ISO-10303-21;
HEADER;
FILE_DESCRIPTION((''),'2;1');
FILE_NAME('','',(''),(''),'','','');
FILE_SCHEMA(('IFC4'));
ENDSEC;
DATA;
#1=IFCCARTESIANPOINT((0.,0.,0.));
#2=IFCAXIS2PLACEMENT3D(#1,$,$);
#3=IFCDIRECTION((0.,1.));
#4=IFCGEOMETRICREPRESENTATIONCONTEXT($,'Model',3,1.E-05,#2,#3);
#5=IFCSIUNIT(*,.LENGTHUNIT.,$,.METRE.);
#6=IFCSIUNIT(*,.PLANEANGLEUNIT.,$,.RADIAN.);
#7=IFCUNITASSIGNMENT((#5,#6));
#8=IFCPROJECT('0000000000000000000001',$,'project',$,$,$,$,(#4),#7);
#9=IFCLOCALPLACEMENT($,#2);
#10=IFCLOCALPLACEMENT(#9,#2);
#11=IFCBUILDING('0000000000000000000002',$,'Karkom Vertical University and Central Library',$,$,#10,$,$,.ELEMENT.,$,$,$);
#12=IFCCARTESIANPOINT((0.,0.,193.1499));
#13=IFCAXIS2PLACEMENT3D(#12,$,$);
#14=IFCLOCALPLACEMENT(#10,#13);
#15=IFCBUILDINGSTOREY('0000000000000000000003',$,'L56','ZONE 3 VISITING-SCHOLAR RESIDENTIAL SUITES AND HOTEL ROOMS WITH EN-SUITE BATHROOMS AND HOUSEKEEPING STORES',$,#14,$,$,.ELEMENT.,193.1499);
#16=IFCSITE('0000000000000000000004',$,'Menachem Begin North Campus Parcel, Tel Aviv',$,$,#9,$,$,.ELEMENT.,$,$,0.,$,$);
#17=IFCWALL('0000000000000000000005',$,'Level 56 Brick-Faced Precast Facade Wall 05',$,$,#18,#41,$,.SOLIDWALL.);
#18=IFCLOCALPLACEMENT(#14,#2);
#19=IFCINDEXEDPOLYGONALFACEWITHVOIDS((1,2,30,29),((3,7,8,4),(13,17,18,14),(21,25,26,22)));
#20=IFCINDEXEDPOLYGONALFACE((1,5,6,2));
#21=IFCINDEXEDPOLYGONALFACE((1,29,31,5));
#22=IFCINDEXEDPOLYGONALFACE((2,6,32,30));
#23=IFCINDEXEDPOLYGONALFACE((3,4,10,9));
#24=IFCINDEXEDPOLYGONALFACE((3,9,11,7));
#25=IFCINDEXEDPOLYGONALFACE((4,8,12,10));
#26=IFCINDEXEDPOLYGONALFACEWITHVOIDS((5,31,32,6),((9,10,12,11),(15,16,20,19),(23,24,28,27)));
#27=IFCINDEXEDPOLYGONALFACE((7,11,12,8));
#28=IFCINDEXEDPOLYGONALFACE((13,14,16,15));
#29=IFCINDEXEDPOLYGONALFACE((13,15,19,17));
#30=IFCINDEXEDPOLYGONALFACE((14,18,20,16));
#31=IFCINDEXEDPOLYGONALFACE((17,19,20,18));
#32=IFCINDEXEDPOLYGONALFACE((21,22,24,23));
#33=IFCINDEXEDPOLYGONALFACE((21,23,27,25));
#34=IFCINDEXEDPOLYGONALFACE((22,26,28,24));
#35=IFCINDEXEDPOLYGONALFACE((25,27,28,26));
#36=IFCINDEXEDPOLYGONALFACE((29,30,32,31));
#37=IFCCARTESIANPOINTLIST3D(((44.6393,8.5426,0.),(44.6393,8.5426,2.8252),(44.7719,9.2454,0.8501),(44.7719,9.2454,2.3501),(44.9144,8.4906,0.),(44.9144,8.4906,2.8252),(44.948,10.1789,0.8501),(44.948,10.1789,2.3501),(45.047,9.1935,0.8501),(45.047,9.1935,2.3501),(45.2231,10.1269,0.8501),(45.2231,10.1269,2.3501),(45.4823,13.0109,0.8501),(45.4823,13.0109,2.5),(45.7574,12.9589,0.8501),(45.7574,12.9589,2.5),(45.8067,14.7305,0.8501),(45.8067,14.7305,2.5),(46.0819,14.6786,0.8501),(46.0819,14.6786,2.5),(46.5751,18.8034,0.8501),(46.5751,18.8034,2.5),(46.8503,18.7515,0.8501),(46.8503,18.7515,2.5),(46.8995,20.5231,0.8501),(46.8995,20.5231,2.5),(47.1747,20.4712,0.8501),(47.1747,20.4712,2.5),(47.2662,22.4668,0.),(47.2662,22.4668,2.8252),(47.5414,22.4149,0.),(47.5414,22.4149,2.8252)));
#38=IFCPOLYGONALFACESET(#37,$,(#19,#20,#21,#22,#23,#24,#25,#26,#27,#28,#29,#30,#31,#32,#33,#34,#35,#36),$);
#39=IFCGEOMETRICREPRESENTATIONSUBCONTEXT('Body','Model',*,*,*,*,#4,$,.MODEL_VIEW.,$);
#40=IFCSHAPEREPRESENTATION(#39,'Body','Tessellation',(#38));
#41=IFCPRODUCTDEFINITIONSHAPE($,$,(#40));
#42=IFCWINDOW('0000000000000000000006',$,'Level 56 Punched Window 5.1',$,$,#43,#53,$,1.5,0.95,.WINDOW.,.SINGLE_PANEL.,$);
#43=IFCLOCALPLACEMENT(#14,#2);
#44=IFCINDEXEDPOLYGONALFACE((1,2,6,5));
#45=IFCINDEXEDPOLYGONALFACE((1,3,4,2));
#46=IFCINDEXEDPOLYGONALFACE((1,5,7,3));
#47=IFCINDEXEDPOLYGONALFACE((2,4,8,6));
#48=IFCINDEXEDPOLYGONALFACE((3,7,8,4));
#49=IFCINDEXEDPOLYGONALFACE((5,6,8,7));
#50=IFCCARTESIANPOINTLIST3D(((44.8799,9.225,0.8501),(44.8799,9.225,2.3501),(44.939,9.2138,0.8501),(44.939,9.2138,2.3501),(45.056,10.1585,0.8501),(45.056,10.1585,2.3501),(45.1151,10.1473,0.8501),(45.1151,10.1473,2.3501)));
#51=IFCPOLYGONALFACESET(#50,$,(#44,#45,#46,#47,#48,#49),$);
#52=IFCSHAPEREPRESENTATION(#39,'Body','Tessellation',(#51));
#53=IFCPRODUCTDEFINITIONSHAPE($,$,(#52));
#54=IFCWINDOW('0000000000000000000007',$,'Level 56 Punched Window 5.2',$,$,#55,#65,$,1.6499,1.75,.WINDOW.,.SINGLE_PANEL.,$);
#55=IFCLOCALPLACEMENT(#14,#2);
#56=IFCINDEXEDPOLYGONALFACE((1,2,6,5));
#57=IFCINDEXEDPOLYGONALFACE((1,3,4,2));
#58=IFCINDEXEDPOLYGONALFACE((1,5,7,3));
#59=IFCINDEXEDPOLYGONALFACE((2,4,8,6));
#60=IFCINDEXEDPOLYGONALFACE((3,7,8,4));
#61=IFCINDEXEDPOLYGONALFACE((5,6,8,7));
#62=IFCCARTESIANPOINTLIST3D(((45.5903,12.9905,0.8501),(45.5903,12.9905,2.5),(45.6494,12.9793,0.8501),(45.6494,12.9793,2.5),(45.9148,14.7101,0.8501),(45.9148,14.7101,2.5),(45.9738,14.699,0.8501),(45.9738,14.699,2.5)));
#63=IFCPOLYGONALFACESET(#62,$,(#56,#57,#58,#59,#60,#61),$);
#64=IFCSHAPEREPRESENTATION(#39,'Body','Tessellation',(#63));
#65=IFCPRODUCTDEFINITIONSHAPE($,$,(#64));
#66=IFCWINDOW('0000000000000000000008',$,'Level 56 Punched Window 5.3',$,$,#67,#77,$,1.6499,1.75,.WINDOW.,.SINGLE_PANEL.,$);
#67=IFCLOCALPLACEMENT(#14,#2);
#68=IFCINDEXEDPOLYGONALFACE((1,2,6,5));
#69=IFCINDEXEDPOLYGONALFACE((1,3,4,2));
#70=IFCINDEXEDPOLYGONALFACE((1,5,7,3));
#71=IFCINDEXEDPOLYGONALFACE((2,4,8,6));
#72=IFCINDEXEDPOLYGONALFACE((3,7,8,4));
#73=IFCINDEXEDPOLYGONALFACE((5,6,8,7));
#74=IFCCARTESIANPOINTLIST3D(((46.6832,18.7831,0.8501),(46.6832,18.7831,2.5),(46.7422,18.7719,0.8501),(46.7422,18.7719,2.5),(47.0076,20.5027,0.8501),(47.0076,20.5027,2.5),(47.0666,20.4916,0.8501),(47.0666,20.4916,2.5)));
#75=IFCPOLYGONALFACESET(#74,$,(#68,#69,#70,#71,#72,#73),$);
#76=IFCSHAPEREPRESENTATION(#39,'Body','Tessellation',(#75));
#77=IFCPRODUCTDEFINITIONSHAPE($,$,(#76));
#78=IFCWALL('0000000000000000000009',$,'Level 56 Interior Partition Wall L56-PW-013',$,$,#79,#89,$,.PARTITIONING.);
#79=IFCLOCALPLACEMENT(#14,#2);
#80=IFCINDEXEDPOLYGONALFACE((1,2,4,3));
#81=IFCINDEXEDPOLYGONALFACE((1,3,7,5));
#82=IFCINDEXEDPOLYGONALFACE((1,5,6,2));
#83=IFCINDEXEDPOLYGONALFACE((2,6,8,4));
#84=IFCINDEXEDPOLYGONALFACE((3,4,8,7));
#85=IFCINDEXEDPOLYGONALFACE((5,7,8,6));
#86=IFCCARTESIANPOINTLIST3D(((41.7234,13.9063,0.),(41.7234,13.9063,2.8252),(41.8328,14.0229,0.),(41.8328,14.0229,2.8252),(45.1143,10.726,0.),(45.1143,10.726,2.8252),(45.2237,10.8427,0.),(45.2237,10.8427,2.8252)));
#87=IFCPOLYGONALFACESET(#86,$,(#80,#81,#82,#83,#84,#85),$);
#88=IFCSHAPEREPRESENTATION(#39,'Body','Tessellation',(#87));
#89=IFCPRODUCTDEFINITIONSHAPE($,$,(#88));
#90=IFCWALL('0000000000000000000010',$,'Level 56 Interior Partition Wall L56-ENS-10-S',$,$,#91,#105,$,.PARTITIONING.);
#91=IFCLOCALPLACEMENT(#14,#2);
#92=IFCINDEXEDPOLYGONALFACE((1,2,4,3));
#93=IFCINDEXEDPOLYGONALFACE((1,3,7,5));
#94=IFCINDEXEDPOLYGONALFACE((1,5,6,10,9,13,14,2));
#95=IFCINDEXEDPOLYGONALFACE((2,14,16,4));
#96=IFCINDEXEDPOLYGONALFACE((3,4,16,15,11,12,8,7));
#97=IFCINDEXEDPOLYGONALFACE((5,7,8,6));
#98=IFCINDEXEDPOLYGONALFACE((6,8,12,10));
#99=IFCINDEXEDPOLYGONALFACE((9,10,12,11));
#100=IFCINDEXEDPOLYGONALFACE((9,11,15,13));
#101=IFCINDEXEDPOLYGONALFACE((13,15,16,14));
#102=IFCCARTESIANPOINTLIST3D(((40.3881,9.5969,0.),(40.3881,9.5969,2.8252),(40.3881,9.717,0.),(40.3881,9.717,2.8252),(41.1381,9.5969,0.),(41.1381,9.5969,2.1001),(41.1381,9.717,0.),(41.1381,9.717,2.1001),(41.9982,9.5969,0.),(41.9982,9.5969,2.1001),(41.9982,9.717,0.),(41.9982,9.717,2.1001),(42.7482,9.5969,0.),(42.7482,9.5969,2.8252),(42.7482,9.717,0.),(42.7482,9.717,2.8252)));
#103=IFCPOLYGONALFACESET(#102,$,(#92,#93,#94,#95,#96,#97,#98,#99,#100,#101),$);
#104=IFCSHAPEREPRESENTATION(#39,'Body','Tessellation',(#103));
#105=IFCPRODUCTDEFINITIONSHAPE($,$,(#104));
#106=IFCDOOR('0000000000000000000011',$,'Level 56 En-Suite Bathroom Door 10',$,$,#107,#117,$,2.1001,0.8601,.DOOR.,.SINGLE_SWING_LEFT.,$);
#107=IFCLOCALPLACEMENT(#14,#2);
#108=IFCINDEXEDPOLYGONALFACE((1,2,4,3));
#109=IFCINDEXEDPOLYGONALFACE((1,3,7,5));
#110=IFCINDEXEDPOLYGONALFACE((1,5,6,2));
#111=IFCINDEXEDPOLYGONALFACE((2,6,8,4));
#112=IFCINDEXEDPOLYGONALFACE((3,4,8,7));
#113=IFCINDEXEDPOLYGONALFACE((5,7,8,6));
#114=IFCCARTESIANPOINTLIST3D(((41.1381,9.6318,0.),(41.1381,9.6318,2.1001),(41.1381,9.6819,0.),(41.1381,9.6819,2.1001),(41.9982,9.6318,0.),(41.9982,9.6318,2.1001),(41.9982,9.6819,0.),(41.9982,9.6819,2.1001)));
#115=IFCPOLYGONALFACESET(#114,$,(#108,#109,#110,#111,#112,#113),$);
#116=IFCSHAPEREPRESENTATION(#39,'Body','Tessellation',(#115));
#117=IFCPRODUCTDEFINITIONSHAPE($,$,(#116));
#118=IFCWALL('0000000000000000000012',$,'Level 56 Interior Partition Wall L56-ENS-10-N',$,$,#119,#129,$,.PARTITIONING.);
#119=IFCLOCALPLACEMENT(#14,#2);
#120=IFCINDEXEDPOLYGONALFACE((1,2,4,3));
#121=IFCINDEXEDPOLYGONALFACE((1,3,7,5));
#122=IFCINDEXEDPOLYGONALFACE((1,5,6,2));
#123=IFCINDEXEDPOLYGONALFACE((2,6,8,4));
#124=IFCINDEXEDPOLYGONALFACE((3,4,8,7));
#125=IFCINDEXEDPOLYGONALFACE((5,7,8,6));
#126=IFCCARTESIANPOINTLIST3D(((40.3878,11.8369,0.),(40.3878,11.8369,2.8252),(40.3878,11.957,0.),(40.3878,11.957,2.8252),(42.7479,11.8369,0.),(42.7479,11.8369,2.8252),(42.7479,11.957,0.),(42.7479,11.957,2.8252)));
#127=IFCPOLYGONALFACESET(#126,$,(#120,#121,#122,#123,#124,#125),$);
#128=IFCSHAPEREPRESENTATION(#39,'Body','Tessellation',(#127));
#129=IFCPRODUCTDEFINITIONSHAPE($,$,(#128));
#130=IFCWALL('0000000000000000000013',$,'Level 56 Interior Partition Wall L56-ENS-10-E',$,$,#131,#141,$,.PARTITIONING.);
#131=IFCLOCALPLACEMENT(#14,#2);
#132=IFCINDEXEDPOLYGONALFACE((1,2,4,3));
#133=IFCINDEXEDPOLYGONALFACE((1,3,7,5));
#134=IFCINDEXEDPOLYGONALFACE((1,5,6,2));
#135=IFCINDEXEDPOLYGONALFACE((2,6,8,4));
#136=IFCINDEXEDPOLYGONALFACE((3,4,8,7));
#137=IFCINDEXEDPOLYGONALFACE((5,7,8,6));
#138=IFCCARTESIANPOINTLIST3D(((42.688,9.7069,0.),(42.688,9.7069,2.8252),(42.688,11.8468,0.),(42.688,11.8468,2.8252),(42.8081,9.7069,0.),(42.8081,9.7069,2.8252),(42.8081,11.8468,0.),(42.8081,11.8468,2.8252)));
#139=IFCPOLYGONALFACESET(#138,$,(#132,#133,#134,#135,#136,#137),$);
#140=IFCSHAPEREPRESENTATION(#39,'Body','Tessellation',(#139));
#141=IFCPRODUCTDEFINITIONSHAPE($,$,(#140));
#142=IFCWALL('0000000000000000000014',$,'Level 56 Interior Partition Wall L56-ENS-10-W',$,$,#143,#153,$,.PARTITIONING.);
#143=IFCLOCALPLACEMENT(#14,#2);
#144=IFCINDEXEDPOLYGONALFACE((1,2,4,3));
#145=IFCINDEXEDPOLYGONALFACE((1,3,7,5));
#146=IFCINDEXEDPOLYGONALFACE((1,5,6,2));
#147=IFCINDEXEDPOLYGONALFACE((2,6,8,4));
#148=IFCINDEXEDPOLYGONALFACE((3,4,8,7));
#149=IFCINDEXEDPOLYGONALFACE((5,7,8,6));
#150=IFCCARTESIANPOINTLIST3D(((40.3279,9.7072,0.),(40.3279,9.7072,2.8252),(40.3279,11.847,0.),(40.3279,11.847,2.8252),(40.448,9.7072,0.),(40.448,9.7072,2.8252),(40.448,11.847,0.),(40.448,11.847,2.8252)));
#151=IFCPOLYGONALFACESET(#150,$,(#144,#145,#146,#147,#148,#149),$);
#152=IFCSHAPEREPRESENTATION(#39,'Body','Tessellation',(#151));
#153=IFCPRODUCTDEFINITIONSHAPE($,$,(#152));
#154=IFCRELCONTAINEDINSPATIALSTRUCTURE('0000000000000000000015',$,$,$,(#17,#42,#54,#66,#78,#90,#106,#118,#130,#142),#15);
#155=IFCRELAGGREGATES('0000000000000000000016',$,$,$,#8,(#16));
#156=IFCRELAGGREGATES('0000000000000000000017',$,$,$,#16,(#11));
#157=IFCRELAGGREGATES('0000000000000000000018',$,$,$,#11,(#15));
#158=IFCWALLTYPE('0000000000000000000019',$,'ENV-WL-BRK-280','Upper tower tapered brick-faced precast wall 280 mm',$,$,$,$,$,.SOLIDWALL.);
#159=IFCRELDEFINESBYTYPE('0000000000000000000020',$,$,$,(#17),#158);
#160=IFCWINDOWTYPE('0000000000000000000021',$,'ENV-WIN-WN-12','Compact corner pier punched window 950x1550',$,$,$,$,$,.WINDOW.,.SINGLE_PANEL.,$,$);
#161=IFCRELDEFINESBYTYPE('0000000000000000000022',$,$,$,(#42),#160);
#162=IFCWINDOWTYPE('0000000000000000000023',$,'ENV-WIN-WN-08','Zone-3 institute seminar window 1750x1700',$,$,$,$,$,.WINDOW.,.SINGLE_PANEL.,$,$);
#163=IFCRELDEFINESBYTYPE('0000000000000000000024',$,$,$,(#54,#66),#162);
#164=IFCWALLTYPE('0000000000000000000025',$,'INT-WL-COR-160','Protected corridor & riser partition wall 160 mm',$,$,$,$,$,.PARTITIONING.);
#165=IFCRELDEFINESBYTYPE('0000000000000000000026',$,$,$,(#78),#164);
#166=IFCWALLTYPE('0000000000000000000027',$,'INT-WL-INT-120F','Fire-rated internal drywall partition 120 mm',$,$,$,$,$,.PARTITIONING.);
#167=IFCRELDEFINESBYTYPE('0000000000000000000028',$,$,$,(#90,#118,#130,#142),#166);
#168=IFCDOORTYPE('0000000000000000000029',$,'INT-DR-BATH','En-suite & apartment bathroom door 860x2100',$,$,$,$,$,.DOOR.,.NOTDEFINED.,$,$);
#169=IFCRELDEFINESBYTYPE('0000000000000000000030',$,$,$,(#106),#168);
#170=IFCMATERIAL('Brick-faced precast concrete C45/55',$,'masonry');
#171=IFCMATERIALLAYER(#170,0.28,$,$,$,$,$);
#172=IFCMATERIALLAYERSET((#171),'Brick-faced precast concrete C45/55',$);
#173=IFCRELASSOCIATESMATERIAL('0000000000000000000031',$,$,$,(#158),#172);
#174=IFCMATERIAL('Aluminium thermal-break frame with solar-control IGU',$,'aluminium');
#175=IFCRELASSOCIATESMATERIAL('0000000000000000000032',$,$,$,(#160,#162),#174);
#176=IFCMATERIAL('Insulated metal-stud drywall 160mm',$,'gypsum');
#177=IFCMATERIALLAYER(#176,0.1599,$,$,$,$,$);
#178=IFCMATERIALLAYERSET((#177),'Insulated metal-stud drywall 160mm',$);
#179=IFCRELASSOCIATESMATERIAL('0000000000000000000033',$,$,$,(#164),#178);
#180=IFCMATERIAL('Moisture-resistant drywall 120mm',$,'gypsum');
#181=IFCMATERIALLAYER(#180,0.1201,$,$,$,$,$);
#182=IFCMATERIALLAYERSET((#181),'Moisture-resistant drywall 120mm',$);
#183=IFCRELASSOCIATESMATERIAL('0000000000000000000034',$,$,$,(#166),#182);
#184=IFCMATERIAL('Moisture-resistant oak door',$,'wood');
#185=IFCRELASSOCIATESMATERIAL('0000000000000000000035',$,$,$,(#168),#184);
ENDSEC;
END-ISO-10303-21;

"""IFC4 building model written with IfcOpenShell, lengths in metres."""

from ifc_helpers import new_model, si_unit, direction, frame, frame_2d, origin, origin_with_axes, place, context, subcontext, project, spatial, rectangle, extrude, source, transform, mapped, material, layer, layer_set, type_object, element, fill, save


model = new_model("IFC4")

# Units and contexts
model_context = context("Model", 3, precision=1e-05, world=origin(), true_north=direction((0.0, 1.0)))
body_context = subcontext(model_context, "Body", "Model", "MODEL_VIEW")
ifc_project = project(units=[si_unit("LENGTHUNIT", "METRE"), si_unit("PLANEANGLEUNIT", "RADIAN")], contexts=[model_context])

# Site, building, storey
site_placement = place(None, origin())
site = spatial("IfcSite", under=ifc_project, at=site_placement, Name="Menachem Begin North Campus Parcel, Tel Aviv", CompositionType="ELEMENT", RefElevation=0.0)
building_placement = place(site_placement, origin())
building = spatial("IfcBuilding", under=site, at=building_placement, Name="Karkom Vertical University and Central Library", CompositionType="ELEMENT")
storey_placement = place(building_placement, frame((0.0, 0.0, 193.1499)))
storey = spatial("IfcBuildingStorey", under=building, at=storey_placement, Name="L56", Description="ZONE 3 VISITING-SCHOLAR RESIDENTIAL SUITES AND HOTEL ROOMS WITH EN-SUITE BATHROOMS AND HOUSEKEEPING STORES", CompositionType="ELEMENT", Elevation=193.1499)

# Wall, openings, windows
ifc_material_1 = material(Name="Brick-faced precast concrete C45/55", Category="masonry")
ifc_layer_1 = layer(ifc_material_1, 0.28)
ifc_layer_set_1 = layer_set([ifc_layer_1], Name="Brick-faced precast concrete C45/55")
wall_type_1 = type_object("IfcWallType", Name="ENV-WL-BRK-280", Description="Upper tower tapered brick-faced precast wall 280 mm", PredefinedType="SOLIDWALL", material=ifc_layer_set_1)
wall_1_placement = place(storey_placement, frame((44.7769, 8.5166, 0.0), z_axis=(0.0, 0.0, 1.0), x_axis=(0.185389, 0.982665, 0.0)))
wall_1 = element("IfcWall", 1, at=wall_1_placement, inside=storey, type_object=wall_type_1, Name="Level 56 Brick-Faced Precast Facade Wall 05", PredefinedType="SOLIDWALL", context=body_context, shape_type="SweptSolid", body=[
    extrude(rectangle(XDim=14.1699, YDim=0.28, at=frame_2d((7.085, 0.0))), origin(), (0.0, 0.0, 1.0), 2.8252),
])
opening_1_placement = place(wall_1_placement, frame((0.7151, 0.0, 0.8501)))
opening_1 = element("IfcOpeningElement", 2, at=opening_1_placement, cuts=wall_1, PredefinedType="OPENING", context=body_context, shape_type="SweptSolid", body=[
    extrude(rectangle(XDim=0.95, YDim=1.5, at=frame_2d((0.4751, 0.75))), frame((0.0, 0.1499, 0.0), z_axis=(0.0, -1.0, 0.0), x_axis=(1.0, 0.0, 0.0)), (0.0, 0.0, 1.0), 0.3),
])
opening_2_placement = place(wall_1_placement, frame((4.5471, 0.0, 0.8501)))
opening_2 = element("IfcOpeningElement", 3, at=opening_2_placement, cuts=wall_1, PredefinedType="OPENING", context=body_context, shape_type="SweptSolid", body=[
    extrude(rectangle(XDim=1.75, YDim=1.6499, at=frame_2d((0.875, 0.825))), frame((0.0, 0.1499, 0.0), z_axis=(0.0, -1.0, 0.0), x_axis=(1.0, 0.0, 0.0)), (0.0, 0.0, 1.0), 0.3),
])
opening_3_placement = place(wall_1_placement, frame((10.4419, 0.0, 0.8501)))
opening_3 = element("IfcOpeningElement", 4, at=opening_3_placement, cuts=wall_1, PredefinedType="OPENING", context=body_context, shape_type="SweptSolid", body=[
    extrude(rectangle(XDim=1.75, YDim=1.6499, at=frame_2d((0.875, 0.825))), frame((0.0, 0.1499, 0.0), z_axis=(0.0, -1.0, 0.0), x_axis=(1.0, 0.0, 0.0)), (0.0, 0.0, 1.0), 0.3),
])
ifc_material_2 = material(Name="Aluminium thermal-break frame with solar-control IGU", Category="aluminium")
window_type_1 = type_object("IfcWindowType", Name="ENV-WIN-WN-12", Description="Compact corner pier punched window 950x1550", PartitioningType="SINGLE_PANEL", PredefinedType="WINDOW", material=ifc_material_2)
shared_shape_1 = source(origin_with_axes(), body_context, "Body", "SweptSolid", [
    extrude(rectangle(XDim=0.95, YDim=1.5, at=frame_2d((0.4751, 0.75))), frame((0.0, 0.03, 0.0), z_axis=(0.0, -1.0, 0.0), x_axis=(1.0, 0.0, 0.0)), (0.0, 0.0, 1.0), 0.0601),
])
window_1_placement = place(opening_1_placement, origin())
window_1 = element("IfcWindow", 5, at=window_1_placement, inside=storey, type_object=window_type_1, Name="Level 56 Punched Window 5.1", OverallHeight=1.5, OverallWidth=0.95, PartitioningType="SINGLE_PANEL", PredefinedType="WINDOW", context=body_context, shape_type="MappedRepresentation", body=[
    mapped(shared_shape_1, transform((0.0, 0.0, 0.0), scale=1.0)),
])
fill(opening_1, window_1)
window_type_2 = type_object("IfcWindowType", Name="ENV-WIN-WN-08", Description="Zone-3 institute seminar window 1750x1700", PartitioningType="SINGLE_PANEL", PredefinedType="WINDOW", material=ifc_material_2)
shared_shape_2 = source(origin_with_axes(), body_context, "Body", "SweptSolid", [
    extrude(rectangle(XDim=1.75, YDim=1.6499, at=frame_2d((0.875, 0.825))), frame((0.0, 0.03, 0.0), z_axis=(0.0, -1.0, 0.0), x_axis=(1.0, 0.0, 0.0)), (0.0, 0.0, 1.0), 0.0601),
])
window_2_placement = place(opening_2_placement, origin())
window_2 = element("IfcWindow", 6, at=window_2_placement, inside=storey, type_object=window_type_2, Name="Level 56 Punched Window 5.2", OverallHeight=1.6499, OverallWidth=1.75, PartitioningType="SINGLE_PANEL", PredefinedType="WINDOW", context=body_context, shape_type="MappedRepresentation", body=[
    mapped(shared_shape_2, transform((0.0, 0.0, 0.0), scale=1.0)),
])
fill(opening_2, window_2)
window_3_placement = place(opening_3_placement, origin())
window_3 = element("IfcWindow", 7, at=window_3_placement, inside=storey, type_object=window_type_2, Name="Level 56 Punched Window 5.3", OverallHeight=1.6499, OverallWidth=1.75, PartitioningType="SINGLE_PANEL", PredefinedType="WINDOW", context=body_context, shape_type="MappedRepresentation", body=[
    mapped(shared_shape_2, transform((0.0, 0.0, 0.0), scale=1.0)),
])
fill(opening_3, window_3)

# Shared definitions
ifc_material_3 = material(Name="Insulated metal-stud drywall 160mm", Category="gypsum")
ifc_layer_2 = layer(ifc_material_3, 0.1599)
ifc_layer_set_2 = layer_set([ifc_layer_2], Name="Insulated metal-stud drywall 160mm")
wall_type_2 = type_object("IfcWallType", Name="INT-WL-COR-160", Description="Protected corridor & riser partition wall 160 mm", PredefinedType="PARTITIONING", material=ifc_layer_set_2)

# Wall
wall_2_placement = place(storey_placement, frame((41.7781, 13.9646, 0.0), z_axis=(0.0, 0.0, 1.0), x_axis=(0.729405, -0.684083, 0.0)))
element("IfcWall", 8, at=wall_2_placement, inside=storey, type_object=wall_type_2, Name="Level 56 Interior Partition Wall L56-PW-013", PredefinedType="PARTITIONING", context=body_context, shape_type="SweptSolid", body=[
    extrude(rectangle(XDim=4.6489, YDim=0.1599, at=frame_2d((2.3245, 0.0))), origin(), (0.0, 0.0, 1.0), 2.8252),
])

# Wall, opening, door
ifc_material_4 = material(Name="Moisture-resistant drywall 120mm", Category="gypsum")
ifc_layer_3 = layer(ifc_material_4, 0.1201)
ifc_layer_set_3 = layer_set([ifc_layer_3], Name="Moisture-resistant drywall 120mm")
wall_type_3 = type_object("IfcWallType", Name="INT-WL-INT-120F", Description="Fire-rated internal drywall partition 120 mm", PredefinedType="PARTITIONING", material=ifc_layer_set_3)
wall_3_placement = place(storey_placement, frame((40.3879, 9.657, 0.0), z_axis=(0.0, 0.0, 1.0), x_axis=(1.0, 0.0, 0.0)))
wall_3 = element("IfcWall", 9, at=wall_3_placement, inside=storey, type_object=wall_type_3, Name="Level 56 Interior Partition Wall L56-ENS-10-S", PredefinedType="PARTITIONING", context=body_context, shape_type="SweptSolid", body=[
    extrude(rectangle(XDim=2.3601, YDim=0.1201, at=frame_2d((1.1802, 0.0))), origin(), (0.0, 0.0, 1.0), 2.8252),
])
opening_4_placement = place(wall_3_placement, frame((0.75, 0.0, 0.0)))
opening_4 = element("IfcOpeningElement", 10, at=opening_4_placement, cuts=wall_3, PredefinedType="OPENING", context=body_context, shape_type="SweptSolid", body=[
    extrude(rectangle(XDim=0.8601, YDim=2.1001, at=frame_2d((0.4302, 1.05))), frame((0.0, 0.0701, 0.0), z_axis=(0.0, -1.0, 0.0), x_axis=(1.0, 0.0, 0.0)), (0.0, 0.0, 1.0), 0.1401),
])
ifc_material_5 = material(Name="Moisture-resistant oak door", Category="wood")
door_type_1 = type_object("IfcDoorType", Name="INT-DR-BATH", Description="En-suite & apartment bathroom door 860x2100", OperationType="NOTDEFINED", PredefinedType="DOOR", material=ifc_material_5)
shared_shape_3 = source(origin_with_axes(), body_context, "Body", "SweptSolid", [
    extrude(rectangle(XDim=0.8601, YDim=2.1001, at=frame_2d((0.4302, 1.05))), frame((0.0, 0.0249, 0.0), z_axis=(0.0, -1.0, 0.0), x_axis=(1.0, 0.0, 0.0)), (0.0, 0.0, 1.0), 0.05),
])
door_1_placement = place(opening_4_placement, origin())
door_1 = element("IfcDoor", 11, at=door_1_placement, inside=storey, type_object=door_type_1, Name="Level 56 En-Suite Bathroom Door 10", OperationType="SINGLE_SWING_LEFT", OverallHeight=2.1001, OverallWidth=0.8601, PredefinedType="DOOR", context=body_context, shape_type="MappedRepresentation", body=[
    mapped(shared_shape_3, transform((0.0, 0.0, 0.0), scale=1.0)),
])
fill(opening_4, door_1)

# Walls
wall_4_placement = place(storey_placement, frame((42.748, 11.897, 0.0), z_axis=(0.0, 0.0, 1.0), x_axis=(-1.0, 0.0, 0.0)))
element("IfcWall", 12, at=wall_4_placement, inside=storey, type_object=wall_type_3, Name="Level 56 Interior Partition Wall L56-ENS-10-N", PredefinedType="PARTITIONING", context=body_context, shape_type="SweptSolid", body=[
    extrude(rectangle(XDim=2.3601, YDim=0.1201, at=frame_2d((1.1802, 0.0))), origin(), (0.0, 0.0, 1.0), 2.8252),
])
for number, where, z_axis, x_axis, name in (
    (13, (42.748, 9.707, 0.0), (0.0, 0.0, 1.0), (0.0, 1.0, 0.0), "Level 56 Interior Partition Wall L56-ENS-10-E"),
    (14, (40.3879, 11.8469, 0.0), (0.0, 0.0, 1.0), (0.0, -1.0, 0.0), "Level 56 Interior Partition Wall L56-ENS-10-W"),
):
    element("IfcWall", number, at=place(storey_placement, frame(where, z_axis=z_axis, x_axis=x_axis)), inside=storey, type_object=wall_type_3, Name=name, PredefinedType="PARTITIONING", context=body_context, shape_type="SweptSolid", body=[
        extrude(rectangle(XDim=2.1399, YDim=0.1201, at=frame_2d((1.0698, 0.0))), origin(), (0.0, 0.0, 1.0), 2.8252),
    ])

save(model, "model.ifc")
